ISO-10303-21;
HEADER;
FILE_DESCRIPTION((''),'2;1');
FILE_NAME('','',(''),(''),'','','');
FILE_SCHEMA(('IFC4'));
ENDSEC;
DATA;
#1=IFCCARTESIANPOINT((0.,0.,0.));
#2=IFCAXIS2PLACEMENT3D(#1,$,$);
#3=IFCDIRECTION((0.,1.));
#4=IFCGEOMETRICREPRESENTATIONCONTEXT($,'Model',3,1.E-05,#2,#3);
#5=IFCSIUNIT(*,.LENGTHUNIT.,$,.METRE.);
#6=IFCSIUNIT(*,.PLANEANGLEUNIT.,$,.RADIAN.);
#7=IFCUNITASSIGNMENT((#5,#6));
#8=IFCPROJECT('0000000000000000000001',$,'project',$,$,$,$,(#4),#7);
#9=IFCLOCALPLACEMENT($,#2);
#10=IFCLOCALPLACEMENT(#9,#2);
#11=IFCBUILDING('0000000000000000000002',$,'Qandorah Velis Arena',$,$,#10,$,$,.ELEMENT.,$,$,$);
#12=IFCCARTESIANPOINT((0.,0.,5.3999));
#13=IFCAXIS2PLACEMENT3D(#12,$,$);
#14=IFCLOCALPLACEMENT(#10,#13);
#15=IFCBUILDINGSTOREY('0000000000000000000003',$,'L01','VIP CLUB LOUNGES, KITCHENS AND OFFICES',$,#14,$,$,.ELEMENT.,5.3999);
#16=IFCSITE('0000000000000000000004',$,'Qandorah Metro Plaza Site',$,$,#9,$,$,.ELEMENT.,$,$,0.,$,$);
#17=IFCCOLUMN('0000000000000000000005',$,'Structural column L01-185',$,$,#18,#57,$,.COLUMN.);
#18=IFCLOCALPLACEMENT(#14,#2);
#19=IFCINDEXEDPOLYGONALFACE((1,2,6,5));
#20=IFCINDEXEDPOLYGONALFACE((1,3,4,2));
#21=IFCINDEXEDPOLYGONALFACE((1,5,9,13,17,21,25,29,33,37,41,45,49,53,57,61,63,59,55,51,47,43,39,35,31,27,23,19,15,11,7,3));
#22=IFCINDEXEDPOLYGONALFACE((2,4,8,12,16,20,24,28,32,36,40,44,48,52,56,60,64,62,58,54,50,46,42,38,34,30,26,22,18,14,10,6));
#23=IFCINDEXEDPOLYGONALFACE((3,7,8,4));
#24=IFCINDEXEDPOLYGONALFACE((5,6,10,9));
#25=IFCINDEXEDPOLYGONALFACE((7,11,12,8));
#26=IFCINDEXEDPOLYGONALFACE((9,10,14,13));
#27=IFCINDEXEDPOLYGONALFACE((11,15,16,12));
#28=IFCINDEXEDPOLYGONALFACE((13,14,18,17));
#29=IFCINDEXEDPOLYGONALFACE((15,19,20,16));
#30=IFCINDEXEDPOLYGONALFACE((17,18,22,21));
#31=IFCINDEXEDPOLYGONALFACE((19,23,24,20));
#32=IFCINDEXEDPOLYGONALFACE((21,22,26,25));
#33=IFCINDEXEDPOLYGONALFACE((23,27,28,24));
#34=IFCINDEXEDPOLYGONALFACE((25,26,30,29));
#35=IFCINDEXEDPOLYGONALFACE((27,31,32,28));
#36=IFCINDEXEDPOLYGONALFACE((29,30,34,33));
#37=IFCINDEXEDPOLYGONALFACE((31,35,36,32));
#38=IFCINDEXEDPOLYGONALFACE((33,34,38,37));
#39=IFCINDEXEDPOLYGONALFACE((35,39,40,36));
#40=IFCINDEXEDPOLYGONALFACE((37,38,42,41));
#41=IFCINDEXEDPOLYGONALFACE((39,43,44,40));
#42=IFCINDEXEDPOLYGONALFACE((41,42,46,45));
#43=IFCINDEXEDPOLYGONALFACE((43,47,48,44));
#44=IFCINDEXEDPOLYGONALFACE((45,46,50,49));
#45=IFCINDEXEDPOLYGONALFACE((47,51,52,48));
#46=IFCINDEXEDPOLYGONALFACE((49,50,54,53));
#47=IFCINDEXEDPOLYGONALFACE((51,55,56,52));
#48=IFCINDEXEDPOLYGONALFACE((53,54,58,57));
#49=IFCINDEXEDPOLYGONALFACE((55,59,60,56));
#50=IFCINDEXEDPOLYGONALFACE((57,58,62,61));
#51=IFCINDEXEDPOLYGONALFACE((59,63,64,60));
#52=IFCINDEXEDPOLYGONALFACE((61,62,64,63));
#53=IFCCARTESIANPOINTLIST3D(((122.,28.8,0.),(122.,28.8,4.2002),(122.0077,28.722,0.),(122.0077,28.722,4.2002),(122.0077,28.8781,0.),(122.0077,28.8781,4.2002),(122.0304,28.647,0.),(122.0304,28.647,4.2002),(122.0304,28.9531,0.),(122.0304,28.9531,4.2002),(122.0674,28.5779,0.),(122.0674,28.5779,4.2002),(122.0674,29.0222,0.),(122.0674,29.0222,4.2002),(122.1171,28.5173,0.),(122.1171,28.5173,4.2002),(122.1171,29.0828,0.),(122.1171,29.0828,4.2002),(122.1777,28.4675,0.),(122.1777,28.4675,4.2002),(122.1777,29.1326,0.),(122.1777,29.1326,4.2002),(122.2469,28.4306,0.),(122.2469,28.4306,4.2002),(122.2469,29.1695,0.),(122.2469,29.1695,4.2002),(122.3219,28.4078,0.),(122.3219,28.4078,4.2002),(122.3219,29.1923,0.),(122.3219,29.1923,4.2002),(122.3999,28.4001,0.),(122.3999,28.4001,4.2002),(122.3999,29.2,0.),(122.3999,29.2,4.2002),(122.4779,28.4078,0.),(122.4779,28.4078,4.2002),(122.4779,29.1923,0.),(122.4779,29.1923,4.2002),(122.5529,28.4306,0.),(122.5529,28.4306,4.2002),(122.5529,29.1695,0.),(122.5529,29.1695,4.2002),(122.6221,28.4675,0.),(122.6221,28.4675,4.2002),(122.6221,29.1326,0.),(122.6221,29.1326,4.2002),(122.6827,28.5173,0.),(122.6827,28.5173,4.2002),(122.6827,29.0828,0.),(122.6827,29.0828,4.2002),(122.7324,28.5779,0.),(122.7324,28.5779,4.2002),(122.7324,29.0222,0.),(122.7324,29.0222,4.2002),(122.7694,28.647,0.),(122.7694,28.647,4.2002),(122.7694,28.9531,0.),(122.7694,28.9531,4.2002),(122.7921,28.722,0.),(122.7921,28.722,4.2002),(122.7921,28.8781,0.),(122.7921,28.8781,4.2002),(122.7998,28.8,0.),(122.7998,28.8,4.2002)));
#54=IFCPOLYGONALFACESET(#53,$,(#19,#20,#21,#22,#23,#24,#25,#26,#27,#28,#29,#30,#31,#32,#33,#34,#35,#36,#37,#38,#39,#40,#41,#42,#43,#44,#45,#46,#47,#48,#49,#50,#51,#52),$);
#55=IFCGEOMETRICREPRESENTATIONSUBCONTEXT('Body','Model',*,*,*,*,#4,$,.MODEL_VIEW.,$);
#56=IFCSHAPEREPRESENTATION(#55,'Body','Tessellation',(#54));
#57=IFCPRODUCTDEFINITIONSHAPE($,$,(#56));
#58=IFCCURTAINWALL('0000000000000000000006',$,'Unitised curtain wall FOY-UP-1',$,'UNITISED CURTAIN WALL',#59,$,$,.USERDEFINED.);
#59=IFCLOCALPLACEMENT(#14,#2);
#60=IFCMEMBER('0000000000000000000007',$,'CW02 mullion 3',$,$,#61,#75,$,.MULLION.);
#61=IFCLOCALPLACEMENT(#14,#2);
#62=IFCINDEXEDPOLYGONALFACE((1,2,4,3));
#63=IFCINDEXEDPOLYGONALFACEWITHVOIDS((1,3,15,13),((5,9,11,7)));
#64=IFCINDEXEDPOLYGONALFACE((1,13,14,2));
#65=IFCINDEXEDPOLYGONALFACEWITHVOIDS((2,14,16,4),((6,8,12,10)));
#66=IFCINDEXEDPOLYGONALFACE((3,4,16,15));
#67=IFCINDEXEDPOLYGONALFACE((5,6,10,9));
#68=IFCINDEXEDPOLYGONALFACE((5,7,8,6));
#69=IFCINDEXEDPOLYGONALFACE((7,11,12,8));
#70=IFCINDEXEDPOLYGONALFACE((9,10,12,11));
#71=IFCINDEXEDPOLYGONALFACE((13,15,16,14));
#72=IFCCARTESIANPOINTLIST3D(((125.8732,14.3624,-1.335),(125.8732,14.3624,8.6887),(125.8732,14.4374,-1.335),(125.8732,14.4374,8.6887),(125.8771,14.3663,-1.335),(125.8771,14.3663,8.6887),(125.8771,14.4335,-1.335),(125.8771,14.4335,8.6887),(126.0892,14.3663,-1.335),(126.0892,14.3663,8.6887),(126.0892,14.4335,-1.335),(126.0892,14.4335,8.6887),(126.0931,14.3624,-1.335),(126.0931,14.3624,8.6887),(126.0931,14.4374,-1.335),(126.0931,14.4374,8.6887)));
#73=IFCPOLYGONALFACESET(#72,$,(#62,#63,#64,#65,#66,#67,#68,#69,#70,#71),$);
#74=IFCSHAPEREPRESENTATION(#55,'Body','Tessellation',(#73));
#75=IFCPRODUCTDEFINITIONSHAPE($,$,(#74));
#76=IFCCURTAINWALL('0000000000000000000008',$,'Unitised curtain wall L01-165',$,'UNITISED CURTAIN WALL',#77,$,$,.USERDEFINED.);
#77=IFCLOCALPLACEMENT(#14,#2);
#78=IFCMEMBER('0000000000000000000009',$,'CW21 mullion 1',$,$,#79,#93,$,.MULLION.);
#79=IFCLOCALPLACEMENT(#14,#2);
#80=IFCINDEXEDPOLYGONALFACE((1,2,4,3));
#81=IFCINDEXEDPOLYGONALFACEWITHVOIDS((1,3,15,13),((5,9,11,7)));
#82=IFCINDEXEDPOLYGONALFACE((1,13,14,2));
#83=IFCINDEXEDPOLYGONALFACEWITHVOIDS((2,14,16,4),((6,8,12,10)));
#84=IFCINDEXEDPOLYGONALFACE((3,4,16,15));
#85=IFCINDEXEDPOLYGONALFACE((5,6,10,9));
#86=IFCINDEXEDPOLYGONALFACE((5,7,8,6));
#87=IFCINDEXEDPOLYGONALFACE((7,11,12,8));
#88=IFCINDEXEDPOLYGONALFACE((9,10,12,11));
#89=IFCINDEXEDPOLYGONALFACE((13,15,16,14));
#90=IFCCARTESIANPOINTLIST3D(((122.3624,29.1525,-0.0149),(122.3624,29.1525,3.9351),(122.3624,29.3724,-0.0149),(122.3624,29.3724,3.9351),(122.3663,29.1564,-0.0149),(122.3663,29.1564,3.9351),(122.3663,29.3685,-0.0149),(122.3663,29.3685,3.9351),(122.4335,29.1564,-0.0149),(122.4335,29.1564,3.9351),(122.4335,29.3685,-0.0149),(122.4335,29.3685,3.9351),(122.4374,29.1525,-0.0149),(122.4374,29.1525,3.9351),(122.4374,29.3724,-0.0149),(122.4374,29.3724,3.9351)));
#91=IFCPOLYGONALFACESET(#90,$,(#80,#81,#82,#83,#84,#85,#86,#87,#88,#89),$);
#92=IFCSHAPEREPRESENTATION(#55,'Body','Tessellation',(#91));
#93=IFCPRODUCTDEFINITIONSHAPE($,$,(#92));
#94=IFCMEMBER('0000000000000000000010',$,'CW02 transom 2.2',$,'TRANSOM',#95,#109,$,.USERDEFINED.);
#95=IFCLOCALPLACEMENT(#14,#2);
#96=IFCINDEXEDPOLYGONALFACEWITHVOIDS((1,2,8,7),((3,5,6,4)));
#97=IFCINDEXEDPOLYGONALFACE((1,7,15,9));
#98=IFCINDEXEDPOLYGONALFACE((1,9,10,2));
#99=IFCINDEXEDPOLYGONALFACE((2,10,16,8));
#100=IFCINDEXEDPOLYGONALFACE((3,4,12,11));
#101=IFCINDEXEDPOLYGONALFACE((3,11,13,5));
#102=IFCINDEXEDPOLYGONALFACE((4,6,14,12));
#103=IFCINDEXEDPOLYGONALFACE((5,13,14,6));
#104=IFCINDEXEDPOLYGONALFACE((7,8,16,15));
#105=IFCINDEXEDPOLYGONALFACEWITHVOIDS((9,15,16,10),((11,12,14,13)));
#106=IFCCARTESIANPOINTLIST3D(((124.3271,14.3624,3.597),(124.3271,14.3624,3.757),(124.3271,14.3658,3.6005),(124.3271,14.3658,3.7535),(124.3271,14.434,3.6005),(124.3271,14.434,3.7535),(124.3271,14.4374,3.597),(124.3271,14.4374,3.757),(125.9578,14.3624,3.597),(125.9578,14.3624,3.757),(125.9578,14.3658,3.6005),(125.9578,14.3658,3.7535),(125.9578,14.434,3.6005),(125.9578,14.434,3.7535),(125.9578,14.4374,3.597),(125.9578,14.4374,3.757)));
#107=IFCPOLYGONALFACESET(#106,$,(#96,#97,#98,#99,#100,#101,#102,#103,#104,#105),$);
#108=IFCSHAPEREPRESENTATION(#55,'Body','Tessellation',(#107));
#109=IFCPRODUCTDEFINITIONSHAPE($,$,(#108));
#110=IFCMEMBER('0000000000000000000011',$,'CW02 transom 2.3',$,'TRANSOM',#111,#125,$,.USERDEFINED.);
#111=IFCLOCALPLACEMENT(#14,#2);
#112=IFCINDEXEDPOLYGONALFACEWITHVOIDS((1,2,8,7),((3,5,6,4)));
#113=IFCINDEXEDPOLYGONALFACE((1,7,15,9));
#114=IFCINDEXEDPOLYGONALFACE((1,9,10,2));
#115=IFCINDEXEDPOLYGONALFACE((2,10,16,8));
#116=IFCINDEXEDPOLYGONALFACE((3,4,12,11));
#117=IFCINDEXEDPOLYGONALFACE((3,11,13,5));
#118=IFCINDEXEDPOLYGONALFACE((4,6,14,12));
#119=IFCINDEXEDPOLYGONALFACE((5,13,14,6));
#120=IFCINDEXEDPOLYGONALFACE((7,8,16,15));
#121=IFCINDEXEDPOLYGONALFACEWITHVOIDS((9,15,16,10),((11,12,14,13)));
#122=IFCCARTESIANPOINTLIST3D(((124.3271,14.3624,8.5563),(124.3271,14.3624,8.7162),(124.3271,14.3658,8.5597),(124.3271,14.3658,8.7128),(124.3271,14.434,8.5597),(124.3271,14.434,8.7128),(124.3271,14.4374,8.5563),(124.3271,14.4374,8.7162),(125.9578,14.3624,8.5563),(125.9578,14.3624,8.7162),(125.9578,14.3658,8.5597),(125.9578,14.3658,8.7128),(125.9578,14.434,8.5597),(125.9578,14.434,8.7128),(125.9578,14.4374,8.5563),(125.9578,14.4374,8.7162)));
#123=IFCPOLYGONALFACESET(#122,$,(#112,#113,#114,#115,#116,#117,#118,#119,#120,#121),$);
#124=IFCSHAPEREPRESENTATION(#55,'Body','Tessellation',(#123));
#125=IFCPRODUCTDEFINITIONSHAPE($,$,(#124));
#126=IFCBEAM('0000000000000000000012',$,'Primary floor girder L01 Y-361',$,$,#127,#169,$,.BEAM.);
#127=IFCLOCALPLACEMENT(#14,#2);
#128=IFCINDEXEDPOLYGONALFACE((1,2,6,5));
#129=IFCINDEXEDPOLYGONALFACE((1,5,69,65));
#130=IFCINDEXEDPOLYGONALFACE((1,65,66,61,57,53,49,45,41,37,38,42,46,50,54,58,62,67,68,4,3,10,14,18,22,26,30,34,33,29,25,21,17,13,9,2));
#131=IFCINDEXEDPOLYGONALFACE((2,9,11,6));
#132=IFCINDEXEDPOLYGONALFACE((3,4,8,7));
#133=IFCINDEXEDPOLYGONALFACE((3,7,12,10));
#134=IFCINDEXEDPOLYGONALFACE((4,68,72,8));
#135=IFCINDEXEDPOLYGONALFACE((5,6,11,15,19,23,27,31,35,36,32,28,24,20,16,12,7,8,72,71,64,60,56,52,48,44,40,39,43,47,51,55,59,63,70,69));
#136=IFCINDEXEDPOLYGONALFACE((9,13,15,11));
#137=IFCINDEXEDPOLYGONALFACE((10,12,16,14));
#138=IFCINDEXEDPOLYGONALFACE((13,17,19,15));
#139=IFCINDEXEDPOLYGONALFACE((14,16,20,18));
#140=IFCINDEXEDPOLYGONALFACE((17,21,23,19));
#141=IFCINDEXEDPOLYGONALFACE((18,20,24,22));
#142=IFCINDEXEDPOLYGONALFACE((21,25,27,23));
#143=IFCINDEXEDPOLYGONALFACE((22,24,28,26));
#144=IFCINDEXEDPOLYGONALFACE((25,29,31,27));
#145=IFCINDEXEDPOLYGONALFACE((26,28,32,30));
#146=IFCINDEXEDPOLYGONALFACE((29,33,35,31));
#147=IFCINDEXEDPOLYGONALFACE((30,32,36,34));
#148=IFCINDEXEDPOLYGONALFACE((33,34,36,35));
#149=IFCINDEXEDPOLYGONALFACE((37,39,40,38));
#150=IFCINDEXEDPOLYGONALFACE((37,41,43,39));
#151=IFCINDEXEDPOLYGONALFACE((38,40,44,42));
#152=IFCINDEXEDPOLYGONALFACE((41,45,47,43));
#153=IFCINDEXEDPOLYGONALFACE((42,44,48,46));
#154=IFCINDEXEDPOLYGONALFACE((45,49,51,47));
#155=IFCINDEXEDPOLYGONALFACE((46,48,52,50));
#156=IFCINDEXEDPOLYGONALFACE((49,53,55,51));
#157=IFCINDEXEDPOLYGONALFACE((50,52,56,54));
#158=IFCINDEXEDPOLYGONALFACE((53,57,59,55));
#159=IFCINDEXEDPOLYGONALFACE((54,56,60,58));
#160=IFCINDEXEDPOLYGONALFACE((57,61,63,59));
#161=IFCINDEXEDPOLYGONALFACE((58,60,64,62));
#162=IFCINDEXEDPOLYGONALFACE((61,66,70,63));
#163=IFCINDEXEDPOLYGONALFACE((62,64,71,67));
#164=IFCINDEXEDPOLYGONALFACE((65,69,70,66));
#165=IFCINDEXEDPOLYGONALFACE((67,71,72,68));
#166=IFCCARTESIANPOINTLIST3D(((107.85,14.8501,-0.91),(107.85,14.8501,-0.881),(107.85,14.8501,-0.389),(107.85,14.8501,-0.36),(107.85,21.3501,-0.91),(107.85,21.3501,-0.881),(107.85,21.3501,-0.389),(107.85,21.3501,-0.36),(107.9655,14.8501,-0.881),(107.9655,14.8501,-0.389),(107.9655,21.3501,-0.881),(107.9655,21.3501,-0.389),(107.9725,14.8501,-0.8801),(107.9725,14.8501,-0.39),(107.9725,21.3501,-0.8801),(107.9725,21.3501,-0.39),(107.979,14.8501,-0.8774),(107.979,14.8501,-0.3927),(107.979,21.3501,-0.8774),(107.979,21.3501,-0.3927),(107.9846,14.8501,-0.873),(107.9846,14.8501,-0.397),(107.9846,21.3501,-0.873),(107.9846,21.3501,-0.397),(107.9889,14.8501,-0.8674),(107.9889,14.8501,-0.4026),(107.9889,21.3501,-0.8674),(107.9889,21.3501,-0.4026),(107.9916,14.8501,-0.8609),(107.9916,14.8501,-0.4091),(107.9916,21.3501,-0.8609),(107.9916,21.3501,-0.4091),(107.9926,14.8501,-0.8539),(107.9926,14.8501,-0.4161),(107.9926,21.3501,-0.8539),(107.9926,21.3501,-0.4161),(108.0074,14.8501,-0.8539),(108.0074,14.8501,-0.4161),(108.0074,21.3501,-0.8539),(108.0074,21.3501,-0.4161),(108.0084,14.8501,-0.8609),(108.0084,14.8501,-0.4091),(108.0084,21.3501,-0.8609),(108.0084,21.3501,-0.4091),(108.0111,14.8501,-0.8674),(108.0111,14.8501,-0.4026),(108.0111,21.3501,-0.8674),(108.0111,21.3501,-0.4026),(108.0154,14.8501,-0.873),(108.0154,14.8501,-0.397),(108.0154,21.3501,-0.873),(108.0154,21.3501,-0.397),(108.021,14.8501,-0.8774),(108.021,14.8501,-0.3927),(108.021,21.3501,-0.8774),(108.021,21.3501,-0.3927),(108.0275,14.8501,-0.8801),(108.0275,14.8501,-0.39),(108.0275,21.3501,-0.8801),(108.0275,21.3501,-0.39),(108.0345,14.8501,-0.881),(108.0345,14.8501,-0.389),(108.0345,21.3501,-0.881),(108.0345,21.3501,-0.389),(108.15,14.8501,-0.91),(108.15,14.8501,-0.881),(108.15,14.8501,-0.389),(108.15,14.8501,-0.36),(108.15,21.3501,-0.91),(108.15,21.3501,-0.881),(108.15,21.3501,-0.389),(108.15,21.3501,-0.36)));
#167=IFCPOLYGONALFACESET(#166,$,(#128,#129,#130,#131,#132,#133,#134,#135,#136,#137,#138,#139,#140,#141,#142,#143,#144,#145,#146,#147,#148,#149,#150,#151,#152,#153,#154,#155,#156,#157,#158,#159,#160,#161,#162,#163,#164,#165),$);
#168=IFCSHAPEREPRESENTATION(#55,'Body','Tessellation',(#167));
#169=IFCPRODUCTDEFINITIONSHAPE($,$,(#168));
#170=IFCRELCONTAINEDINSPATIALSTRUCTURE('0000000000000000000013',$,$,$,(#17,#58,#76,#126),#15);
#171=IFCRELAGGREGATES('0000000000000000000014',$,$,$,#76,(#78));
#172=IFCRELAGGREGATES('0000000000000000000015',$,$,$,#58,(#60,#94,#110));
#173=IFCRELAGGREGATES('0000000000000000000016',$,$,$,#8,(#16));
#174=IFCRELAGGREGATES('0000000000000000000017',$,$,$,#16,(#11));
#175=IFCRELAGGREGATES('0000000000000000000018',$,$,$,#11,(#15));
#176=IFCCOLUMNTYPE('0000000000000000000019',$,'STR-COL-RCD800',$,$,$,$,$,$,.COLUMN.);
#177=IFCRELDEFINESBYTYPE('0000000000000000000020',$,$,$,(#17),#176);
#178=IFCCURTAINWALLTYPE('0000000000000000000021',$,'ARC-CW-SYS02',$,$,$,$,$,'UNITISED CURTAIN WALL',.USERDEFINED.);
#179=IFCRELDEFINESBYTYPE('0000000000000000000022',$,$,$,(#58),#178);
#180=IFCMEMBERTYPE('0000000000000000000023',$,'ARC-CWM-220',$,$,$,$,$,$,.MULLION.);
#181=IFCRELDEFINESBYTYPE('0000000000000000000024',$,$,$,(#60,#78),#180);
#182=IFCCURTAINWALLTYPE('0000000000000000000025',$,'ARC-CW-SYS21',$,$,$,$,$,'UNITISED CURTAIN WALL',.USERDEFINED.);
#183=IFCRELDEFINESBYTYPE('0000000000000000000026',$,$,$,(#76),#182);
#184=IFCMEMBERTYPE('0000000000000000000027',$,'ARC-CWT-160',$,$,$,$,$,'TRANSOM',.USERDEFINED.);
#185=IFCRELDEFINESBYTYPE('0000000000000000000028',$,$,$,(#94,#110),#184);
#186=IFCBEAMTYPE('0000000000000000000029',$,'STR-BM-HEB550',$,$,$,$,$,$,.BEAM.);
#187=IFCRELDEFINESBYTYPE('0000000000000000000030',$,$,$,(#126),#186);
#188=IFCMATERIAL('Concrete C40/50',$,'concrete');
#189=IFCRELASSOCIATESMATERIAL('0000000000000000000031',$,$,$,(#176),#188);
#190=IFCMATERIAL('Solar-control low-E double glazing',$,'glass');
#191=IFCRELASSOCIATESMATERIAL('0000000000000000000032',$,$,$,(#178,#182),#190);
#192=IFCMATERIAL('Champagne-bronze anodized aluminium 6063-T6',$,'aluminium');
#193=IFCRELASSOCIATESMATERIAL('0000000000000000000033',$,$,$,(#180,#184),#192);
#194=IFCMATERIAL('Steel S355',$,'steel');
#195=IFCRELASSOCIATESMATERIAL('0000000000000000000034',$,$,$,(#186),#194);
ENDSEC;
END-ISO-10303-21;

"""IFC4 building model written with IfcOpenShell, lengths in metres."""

from ifc_helpers import new_model, si_unit, direction, frame, origin, origin_2d, place, context, subcontext, project, spatial, hollow_rectangle, circle, i_section, extrude, material, material_profile, profile_set, type_object, element, aggregate, save


model = new_model("IFC4")

# Units and contexts
model_context = context("Model", 3, precision=1e-05, world=origin(), true_north=direction((0.0, 1.0)))
body_context = subcontext(model_context, "Body", "Model", "MODEL_VIEW")
ifc_project = project(units=[si_unit("LENGTHUNIT", "METRE"), si_unit("PLANEANGLEUNIT", "RADIAN")], contexts=[model_context])

# Site, building, storey
site_placement = place(None, origin())
site = spatial("IfcSite", under=ifc_project, at=site_placement, Name="Qandorah Metro Plaza Site", CompositionType="ELEMENT", RefElevation=0.0)
building_placement = place(site_placement, origin())
building = spatial("IfcBuilding", under=site, at=building_placement, Name="Qandorah Velis Arena", CompositionType="ELEMENT")
storey_placement = place(building_placement, frame((0.0, 0.0, 5.3999)))
storey = spatial("IfcBuildingStorey", under=building, at=storey_placement, Name="L01", Description="VIP CLUB LOUNGES, KITCHENS AND OFFICES", CompositionType="ELEMENT", Elevation=5.3999)

# Column
ifc_material_1 = material(Name="Concrete C40/50", Category="concrete")
ifc_material_profile_1 = material_profile(ifc_material_1, circle(Radius=0.3999, at=origin_2d()), Name="RC D800")
ifc_profile_set_1 = profile_set([ifc_material_profile_1], Name="Concrete C40/50")
column_type_1 = type_object("IfcColumnType", Name="STR-COL-RCD800", PredefinedType="COLUMN", material=ifc_profile_set_1)
for number, where, z_axis, x_axis, name in (
    (1, (122.3999, 28.8, 0.0), (0.0, 0.0, 1.0), (1.0, 0.0, 0.0), "Structural column L01-185"),
):
    element("IfcColumn", number, at=place(storey_placement, frame(where, z_axis=z_axis, x_axis=x_axis)), inside=storey, type_object=column_type_1, Name=name, PredefinedType="COLUMN", context=body_context, shape_type="SweptSolid", body=[
        extrude(circle(Radius=0.3999, at=origin_2d()), origin(), (0.0, 0.0, 1.0), 4.2002),
    ])

# Curtain walls, members
ifc_material_2 = material(Name="Solar-control low-E double glazing", Category="glass")
curtain_wall_type_1 = type_object("IfcCurtainWallType", Name="ARC-CW-SYS02", ElementType="UNITISED CURTAIN WALL", PredefinedType="USERDEFINED", material=ifc_material_2)
curtain_wall_1_placement = place(storey_placement, origin())
curtain_wall_1 = element("IfcCurtainWall", 2, at=curtain_wall_1_placement, inside=storey, type_object=curtain_wall_type_1, Name="Unitised curtain wall FOY-UP-1", ObjectType="UNITISED CURTAIN WALL", PredefinedType="USERDEFINED")
ifc_material_3 = material(Name="Champagne-bronze anodized aluminium 6063-T6", Category="aluminium")
ifc_material_profile_2 = material_profile(ifc_material_3, hollow_rectangle(XDim=0.075, YDim=0.22, WallThickness=0.0039, at=origin_2d()), Name="ALU MULLION 75x220")
ifc_profile_set_2 = profile_set([ifc_material_profile_2], Name="Champagne-bronze anodized aluminium 6063-T6")
member_type_1 = type_object("IfcMemberType", Name="ARC-CWM-220", PredefinedType="MULLION", material=ifc_profile_set_2)
member_1_placement = place(storey_placement, frame((125.9832, 14.3999, -1.335), z_axis=(0.0, 0.0, 1.0), x_axis=(0.0, 1.0, 0.0)))
member_1 = element("IfcMember", 3, at=member_1_placement, type_object=member_type_1, Name="CW02 mullion 3", PredefinedType="MULLION", context=body_context, shape_type="SweptSolid", body=[
    extrude(hollow_rectangle(XDim=0.075, YDim=0.22, WallThickness=0.0039, at=origin_2d()), origin(), (0.0, 0.0, 1.0), 10.0237),
])
curtain_wall_type_2 = type_object("IfcCurtainWallType", Name="ARC-CW-SYS21", ElementType="UNITISED CURTAIN WALL", PredefinedType="USERDEFINED", material=ifc_material_2)
curtain_wall_2_placement = place(storey_placement, origin())
curtain_wall_2 = element("IfcCurtainWall", 4, at=curtain_wall_2_placement, inside=storey, type_object=curtain_wall_type_2, Name="Unitised curtain wall L01-165", ObjectType="UNITISED CURTAIN WALL", PredefinedType="USERDEFINED")
member_2_placement = place(storey_placement, frame((122.3999, 29.2625, -0.0149), z_axis=(0.0, 0.0, 1.0), x_axis=(-1.0, 0.0, 0.0)))
member_2 = element("IfcMember", 5, at=member_2_placement, type_object=member_type_1, Name="CW21 mullion 1", PredefinedType="MULLION", context=body_context, shape_type="SweptSolid", body=[
    extrude(hollow_rectangle(XDim=0.075, YDim=0.22, WallThickness=0.0039, at=origin_2d()), origin(), (0.0, 0.0, 1.0), 3.95),
])
aggregate(curtain_wall_2, [member_2])

# Members
ifc_material_profile_3 = material_profile(ifc_material_3, hollow_rectangle(XDim=0.075, YDim=0.1599, WallThickness=0.0034, at=origin_2d()), Name="ALU TRANSOM 75x160")
ifc_profile_set_3 = profile_set([ifc_material_profile_3], Name="Champagne-bronze anodized aluminium 6063-T6")
member_type_2 = type_object("IfcMemberType", Name="ARC-CWT-160", ElementType="TRANSOM", PredefinedType="USERDEFINED", material=ifc_profile_set_3)
member_3_placement = place(storey_placement, frame((124.3271, 14.3999, 3.677), z_axis=(1.0, 0.0, 0.0), x_axis=(0.0, 1.0, 0.0)))
member_3 = element("IfcMember", 6, at=member_3_placement, type_object=member_type_2, Name="CW02 transom 2.2", ObjectType="TRANSOM", PredefinedType="USERDEFINED", context=body_context, shape_type="SweptSolid", body=[
    extrude(hollow_rectangle(XDim=0.075, YDim=0.1599, WallThickness=0.0034, at=origin_2d()), origin(), (0.0, 0.0, 1.0), 1.6306),
])
member_4_placement = place(storey_placement, frame((124.3271, 14.3999, 8.6362), z_axis=(1.0, 0.0, 0.0), x_axis=(0.0, 1.0, 0.0)))
member_4 = element("IfcMember", 7, at=member_4_placement, type_object=member_type_2, Name="CW02 transom 2.3", ObjectType="TRANSOM", PredefinedType="USERDEFINED", context=body_context, shape_type="SweptSolid", body=[
    extrude(hollow_rectangle(XDim=0.075, YDim=0.1599, WallThickness=0.0034, at=origin_2d()), origin(), (0.0, 0.0, 1.0), 1.6306),
])

# Beam
ifc_material_4 = material(Name="Steel S355", Category="steel")
ifc_material_profile_4 = material_profile(ifc_material_4, i_section(OverallWidth=0.3, OverallDepth=0.55, WebThickness=0.0149, FlangeThickness=0.0291, FilletRadius=0.0271, at=origin_2d()), Name="HEB 550")
ifc_profile_set_4 = profile_set([ifc_material_profile_4], Name="Steel S355")
beam_type_1 = type_object("IfcBeamType", Name="STR-BM-HEB550", PredefinedType="BEAM", material=ifc_profile_set_4)
for number, where, z_axis, x_axis, name in (
    (8, (108.0, 14.8501, -0.635), (0.0, 1.0, 0.0), (-1.0, 0.0, 0.0), "Primary floor girder L01 Y-361"),
):
    element("IfcBeam", number, at=place(storey_placement, frame(where, z_axis=z_axis, x_axis=x_axis)), inside=storey, type_object=beam_type_1, Name=name, PredefinedType="BEAM", context=body_context, shape_type="SweptSolid", body=[
        extrude(i_section(OverallWidth=0.3, OverallDepth=0.55, WebThickness=0.0149, FlangeThickness=0.0291, FilletRadius=0.0271, at=origin_2d()), origin(), (0.0, 0.0, 1.0), 6.5),
    ])

aggregate(curtain_wall_1, [member_1, member_3, member_4])

save(model, "model.ifc")
